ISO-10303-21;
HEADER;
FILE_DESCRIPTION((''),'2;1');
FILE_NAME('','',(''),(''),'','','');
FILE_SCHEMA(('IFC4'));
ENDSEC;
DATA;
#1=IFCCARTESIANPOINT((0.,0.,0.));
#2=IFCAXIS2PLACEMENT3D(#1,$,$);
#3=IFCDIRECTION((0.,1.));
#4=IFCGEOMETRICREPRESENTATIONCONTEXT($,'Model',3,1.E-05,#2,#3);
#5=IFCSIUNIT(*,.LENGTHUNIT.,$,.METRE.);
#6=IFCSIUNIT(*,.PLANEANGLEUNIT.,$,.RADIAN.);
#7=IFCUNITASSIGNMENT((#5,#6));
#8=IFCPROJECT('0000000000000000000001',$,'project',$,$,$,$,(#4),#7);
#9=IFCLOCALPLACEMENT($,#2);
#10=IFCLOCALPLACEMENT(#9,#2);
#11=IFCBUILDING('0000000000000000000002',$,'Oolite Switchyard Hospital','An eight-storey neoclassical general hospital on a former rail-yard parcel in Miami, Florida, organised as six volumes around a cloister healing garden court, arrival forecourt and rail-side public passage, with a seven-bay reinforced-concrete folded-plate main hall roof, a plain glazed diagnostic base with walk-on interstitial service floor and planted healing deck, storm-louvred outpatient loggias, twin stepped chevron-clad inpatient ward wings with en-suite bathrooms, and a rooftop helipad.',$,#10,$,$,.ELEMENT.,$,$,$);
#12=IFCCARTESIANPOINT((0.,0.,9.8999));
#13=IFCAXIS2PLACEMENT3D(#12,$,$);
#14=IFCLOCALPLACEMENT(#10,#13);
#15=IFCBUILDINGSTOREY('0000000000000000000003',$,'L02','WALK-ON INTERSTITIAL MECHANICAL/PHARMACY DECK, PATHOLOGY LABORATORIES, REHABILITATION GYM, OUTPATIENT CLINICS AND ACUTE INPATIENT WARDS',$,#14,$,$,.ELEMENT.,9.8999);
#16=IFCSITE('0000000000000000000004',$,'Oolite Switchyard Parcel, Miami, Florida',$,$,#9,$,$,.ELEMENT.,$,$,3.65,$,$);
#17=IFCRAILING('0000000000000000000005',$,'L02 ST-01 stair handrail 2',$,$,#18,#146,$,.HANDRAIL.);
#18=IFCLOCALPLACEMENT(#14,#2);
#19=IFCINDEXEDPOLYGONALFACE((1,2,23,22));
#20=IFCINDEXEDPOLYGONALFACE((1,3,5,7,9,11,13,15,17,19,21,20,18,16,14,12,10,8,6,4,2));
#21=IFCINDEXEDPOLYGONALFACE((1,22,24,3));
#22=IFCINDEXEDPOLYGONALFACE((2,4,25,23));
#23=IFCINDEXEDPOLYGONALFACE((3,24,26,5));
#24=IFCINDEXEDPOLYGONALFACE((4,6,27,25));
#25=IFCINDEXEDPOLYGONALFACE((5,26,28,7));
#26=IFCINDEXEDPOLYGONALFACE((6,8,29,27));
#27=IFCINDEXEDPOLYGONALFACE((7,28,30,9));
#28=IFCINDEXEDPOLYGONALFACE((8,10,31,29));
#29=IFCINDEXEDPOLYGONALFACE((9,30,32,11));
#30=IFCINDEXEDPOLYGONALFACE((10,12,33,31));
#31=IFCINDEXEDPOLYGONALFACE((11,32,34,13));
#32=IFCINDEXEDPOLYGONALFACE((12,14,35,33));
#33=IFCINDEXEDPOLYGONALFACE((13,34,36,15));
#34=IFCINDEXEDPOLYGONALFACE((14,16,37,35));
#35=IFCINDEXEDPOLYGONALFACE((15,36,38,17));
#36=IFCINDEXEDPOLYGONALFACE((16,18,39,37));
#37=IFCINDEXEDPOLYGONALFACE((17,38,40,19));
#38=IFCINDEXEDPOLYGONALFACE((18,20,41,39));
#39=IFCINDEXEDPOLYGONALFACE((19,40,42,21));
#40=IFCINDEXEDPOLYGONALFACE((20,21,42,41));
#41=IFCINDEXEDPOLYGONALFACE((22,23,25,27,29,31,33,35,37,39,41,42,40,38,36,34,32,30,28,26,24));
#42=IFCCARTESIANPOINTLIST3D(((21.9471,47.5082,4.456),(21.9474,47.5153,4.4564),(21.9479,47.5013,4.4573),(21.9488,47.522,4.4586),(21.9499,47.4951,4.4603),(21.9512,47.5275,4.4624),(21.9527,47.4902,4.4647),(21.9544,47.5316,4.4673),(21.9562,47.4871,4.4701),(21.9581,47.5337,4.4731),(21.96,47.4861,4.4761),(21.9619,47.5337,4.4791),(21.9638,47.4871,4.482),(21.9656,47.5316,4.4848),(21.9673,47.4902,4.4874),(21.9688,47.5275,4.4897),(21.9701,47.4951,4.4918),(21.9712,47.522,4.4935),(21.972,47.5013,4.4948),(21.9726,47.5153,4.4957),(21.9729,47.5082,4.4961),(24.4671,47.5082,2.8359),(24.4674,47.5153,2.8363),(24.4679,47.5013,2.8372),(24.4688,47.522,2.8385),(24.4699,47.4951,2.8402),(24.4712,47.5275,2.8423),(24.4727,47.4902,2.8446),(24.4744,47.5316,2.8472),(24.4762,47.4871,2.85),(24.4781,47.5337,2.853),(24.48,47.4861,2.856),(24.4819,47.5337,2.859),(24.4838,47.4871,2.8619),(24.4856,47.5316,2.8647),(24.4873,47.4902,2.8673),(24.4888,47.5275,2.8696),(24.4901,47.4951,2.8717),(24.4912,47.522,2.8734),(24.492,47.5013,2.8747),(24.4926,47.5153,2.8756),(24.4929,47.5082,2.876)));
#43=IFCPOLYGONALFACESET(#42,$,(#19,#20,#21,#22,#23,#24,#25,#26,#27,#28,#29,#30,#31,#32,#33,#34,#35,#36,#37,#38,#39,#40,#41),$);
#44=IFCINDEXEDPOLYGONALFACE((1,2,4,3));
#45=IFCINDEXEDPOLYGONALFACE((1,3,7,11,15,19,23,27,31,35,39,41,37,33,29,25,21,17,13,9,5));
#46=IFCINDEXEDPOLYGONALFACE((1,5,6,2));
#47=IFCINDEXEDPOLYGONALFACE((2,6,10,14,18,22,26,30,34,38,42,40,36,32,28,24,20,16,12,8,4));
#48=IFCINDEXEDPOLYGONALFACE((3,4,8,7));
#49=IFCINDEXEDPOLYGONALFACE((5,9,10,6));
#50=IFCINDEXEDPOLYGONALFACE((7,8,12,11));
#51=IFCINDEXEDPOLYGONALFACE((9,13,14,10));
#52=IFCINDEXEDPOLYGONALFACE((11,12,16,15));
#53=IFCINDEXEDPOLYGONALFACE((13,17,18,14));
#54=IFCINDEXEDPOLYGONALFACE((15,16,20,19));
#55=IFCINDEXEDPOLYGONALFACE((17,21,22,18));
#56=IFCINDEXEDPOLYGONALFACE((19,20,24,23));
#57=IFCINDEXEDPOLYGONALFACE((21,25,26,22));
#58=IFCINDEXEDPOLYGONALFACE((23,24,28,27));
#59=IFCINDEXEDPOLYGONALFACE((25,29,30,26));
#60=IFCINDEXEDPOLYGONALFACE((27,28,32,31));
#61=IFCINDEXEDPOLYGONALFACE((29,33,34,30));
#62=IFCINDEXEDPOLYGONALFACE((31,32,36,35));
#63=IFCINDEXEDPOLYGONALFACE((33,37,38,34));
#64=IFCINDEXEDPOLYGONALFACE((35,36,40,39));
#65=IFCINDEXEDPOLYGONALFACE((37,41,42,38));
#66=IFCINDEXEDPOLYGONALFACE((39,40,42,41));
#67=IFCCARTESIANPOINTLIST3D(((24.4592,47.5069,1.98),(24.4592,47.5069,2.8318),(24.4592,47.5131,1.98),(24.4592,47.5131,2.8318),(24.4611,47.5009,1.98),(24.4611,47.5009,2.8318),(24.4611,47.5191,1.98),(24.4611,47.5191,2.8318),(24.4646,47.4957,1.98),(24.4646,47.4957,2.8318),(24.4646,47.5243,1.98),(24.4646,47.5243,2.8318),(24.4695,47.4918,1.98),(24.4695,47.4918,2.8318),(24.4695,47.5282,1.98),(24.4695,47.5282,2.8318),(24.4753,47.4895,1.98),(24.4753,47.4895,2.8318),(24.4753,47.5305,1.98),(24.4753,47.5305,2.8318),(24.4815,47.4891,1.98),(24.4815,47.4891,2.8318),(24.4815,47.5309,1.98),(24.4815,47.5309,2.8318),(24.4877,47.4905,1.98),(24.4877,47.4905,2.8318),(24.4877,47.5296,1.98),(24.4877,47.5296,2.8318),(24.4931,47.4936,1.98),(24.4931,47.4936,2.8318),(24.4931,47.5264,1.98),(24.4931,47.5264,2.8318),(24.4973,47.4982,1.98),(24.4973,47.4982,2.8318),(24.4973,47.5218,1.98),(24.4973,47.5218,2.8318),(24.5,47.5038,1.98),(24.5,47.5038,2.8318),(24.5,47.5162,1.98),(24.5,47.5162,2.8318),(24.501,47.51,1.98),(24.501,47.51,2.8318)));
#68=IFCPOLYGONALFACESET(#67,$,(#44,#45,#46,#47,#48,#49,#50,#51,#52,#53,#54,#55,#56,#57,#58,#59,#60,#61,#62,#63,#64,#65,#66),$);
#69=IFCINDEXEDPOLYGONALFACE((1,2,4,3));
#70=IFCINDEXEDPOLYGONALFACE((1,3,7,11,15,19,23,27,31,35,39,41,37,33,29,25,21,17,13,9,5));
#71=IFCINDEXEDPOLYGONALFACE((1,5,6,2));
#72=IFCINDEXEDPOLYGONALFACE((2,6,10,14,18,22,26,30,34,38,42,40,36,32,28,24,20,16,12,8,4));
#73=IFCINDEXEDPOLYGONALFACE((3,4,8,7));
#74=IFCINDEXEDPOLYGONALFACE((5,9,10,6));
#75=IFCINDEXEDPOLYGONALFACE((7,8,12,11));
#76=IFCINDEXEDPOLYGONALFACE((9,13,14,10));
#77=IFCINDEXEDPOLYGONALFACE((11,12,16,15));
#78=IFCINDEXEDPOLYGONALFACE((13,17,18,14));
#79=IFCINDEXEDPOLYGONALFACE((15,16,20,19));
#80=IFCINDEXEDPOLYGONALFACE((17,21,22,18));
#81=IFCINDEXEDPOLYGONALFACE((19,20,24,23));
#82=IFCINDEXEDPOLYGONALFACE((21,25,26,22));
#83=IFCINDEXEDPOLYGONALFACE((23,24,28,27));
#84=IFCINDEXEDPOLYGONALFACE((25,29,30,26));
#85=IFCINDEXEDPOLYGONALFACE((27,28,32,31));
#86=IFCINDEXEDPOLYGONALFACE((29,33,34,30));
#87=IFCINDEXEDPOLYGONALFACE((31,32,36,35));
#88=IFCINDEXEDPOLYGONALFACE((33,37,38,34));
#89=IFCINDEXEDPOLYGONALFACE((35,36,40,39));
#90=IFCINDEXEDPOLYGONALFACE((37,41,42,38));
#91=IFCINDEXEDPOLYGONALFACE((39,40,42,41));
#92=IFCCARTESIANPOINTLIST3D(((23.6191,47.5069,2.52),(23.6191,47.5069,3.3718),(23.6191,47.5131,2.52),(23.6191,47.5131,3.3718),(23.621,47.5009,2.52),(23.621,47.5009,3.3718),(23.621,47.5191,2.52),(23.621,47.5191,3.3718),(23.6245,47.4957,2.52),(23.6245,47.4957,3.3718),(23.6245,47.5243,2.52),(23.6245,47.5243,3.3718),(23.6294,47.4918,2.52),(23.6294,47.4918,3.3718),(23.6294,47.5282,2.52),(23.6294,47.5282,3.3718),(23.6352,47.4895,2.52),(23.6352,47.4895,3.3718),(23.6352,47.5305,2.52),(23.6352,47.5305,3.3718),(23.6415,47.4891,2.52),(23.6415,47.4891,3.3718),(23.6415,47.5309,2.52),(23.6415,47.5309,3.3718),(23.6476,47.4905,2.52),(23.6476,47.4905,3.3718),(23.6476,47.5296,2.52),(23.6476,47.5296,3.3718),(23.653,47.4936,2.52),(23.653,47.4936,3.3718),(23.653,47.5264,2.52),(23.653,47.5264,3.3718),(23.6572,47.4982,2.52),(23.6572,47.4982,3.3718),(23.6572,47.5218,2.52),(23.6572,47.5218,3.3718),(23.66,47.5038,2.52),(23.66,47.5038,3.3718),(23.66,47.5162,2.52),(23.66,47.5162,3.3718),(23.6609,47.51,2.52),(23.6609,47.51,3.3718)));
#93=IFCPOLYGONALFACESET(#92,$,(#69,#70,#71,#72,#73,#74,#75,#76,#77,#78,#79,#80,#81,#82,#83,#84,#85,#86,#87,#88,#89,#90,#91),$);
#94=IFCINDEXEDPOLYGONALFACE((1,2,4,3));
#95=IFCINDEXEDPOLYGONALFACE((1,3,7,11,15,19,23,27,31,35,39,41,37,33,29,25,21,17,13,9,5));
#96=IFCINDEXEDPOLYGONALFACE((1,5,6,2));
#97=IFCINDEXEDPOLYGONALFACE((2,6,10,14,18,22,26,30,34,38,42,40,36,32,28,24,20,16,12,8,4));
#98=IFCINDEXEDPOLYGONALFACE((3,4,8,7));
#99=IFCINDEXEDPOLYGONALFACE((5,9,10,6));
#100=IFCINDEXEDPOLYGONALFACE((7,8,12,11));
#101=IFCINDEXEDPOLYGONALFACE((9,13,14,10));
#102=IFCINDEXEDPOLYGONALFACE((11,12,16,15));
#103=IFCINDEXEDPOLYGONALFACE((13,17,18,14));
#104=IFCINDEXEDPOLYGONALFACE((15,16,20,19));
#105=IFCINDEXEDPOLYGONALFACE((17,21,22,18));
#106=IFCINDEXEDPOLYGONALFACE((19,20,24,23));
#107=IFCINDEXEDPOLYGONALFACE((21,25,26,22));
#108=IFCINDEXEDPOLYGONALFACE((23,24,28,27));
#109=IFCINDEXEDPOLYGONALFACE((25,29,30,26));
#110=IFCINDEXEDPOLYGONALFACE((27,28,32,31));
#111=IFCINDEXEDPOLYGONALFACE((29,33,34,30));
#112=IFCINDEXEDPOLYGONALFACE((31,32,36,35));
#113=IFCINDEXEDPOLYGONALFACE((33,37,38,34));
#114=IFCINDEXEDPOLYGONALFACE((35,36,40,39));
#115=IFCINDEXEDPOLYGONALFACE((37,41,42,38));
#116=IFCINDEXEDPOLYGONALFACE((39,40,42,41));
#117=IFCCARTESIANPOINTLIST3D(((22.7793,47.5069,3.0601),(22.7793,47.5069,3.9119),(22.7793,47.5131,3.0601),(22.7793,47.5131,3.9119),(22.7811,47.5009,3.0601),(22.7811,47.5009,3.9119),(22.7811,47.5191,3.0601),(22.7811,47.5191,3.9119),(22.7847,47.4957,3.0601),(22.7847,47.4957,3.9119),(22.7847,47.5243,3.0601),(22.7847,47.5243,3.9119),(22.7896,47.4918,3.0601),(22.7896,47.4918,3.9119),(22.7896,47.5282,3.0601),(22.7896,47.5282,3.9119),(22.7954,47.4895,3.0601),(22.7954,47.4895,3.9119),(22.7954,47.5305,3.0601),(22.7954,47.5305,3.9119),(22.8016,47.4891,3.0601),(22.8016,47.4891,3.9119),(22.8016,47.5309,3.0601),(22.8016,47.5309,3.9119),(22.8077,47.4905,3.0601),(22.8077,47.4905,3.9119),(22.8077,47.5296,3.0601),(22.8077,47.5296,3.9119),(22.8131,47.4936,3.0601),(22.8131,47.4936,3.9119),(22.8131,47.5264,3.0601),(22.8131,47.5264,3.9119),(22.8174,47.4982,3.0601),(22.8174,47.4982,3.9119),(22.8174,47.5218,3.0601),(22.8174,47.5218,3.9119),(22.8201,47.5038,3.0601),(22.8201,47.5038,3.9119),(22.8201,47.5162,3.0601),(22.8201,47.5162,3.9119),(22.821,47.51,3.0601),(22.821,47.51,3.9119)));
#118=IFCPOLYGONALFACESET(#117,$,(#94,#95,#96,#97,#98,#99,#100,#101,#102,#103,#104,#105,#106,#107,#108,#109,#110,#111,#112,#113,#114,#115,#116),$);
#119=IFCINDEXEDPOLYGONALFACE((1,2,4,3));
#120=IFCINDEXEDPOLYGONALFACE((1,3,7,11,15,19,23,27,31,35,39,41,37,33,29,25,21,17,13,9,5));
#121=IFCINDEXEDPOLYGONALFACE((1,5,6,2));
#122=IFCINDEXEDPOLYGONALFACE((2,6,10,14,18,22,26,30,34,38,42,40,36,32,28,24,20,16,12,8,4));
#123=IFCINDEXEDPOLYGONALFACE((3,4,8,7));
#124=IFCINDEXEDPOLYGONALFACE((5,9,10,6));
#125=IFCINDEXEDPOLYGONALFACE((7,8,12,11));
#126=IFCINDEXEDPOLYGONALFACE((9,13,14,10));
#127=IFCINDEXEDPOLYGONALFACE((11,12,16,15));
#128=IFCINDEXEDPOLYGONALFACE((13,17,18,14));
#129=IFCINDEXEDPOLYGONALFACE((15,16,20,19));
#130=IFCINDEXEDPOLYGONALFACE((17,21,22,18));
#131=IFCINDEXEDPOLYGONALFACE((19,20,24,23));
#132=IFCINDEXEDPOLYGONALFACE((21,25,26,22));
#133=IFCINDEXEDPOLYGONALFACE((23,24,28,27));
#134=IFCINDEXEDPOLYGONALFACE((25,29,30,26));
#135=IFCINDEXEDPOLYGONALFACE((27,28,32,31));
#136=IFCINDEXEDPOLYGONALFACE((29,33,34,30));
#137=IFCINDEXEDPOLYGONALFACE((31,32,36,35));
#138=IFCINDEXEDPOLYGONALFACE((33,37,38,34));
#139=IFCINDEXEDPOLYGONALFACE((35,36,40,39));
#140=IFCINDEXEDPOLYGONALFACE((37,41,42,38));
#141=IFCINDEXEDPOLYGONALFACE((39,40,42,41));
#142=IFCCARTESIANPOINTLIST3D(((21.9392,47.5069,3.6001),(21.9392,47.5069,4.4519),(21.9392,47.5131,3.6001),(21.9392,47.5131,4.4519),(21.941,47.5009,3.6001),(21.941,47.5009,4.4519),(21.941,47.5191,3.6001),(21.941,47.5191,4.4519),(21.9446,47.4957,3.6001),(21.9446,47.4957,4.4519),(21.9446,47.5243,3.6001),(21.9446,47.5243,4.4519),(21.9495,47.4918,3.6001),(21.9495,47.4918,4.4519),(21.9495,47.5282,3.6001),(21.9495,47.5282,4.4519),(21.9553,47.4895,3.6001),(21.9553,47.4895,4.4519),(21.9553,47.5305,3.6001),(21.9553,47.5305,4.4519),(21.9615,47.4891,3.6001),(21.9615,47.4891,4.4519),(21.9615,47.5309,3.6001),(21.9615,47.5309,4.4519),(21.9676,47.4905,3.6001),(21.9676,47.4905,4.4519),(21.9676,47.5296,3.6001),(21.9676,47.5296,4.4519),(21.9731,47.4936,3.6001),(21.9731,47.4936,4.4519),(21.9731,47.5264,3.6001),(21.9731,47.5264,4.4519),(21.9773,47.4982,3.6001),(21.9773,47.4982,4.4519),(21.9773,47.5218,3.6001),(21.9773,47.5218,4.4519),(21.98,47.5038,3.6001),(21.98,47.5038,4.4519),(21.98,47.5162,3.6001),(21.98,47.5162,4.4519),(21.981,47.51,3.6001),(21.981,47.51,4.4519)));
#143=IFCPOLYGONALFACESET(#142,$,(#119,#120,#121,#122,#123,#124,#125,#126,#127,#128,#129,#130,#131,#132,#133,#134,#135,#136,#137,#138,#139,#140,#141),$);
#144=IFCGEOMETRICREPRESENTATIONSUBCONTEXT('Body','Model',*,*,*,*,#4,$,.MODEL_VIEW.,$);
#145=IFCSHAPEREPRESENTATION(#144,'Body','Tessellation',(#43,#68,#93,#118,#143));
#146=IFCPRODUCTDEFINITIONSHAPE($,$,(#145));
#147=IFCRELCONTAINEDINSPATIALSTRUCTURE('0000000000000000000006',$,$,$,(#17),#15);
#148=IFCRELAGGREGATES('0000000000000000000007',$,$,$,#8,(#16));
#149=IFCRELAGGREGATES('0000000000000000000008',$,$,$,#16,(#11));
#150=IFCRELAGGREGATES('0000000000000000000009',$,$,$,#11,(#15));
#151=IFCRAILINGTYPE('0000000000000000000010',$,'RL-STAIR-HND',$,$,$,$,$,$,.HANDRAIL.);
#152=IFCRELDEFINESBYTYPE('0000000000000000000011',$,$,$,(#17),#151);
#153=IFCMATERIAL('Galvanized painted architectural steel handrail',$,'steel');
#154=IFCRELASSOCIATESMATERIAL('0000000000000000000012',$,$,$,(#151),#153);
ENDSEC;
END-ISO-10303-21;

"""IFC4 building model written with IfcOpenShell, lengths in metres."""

from ifc_helpers import new_model, si_unit, direction, frame, origin, origin_2d, place, context, subcontext, project, spatial, circle, extrude, material, type_object, element, save


model = new_model("IFC4")

# Units and contexts
model_context = context("Model", 3, precision=1e-05, world=origin(), true_north=direction((0.0, 1.0)))
body_context = subcontext(model_context, "Body", "Model", "MODEL_VIEW")
ifc_project = project(units=[si_unit("LENGTHUNIT", "METRE"), si_unit("PLANEANGLEUNIT", "RADIAN")], contexts=[model_context])

# Site, building, storey
site_placement = place(None, origin())
site = spatial("IfcSite", under=ifc_project, at=site_placement, Name="Oolite Switchyard Parcel, Miami, Florida", CompositionType="ELEMENT", RefElevation=3.65)
building_placement = place(site_placement, origin())
building = spatial("IfcBuilding", under=site, at=building_placement, Name="Oolite Switchyard Hospital", Description="An eight-storey neoclassical general hospital on a former rail-yard parcel in Miami, Florida, organised as six volumes around a cloister healing garden court, arrival forecourt and rail-side public passage, with a seven-bay reinforced-concrete folded-plate main hall roof, a plain glazed diagnostic base with walk-on interstitial service floor and planted healing deck, storm-louvred outpatient loggias, twin stepped chevron-clad inpatient ward wings with en-suite bathrooms, and a rooftop helipad.", CompositionType="ELEMENT")
storey_placement = place(building_placement, frame((0.0, 0.0, 9.8999)))
storey = spatial("IfcBuildingStorey", under=building, at=storey_placement, Name="L02", Description="WALK-ON INTERSTITIAL MECHANICAL/PHARMACY DECK, PATHOLOGY LABORATORIES, REHABILITATION GYM, OUTPATIENT CLINICS AND ACUTE INPATIENT WARDS", CompositionType="ELEMENT", Elevation=9.8999)

# Railing
ifc_material_1 = material(Name="Galvanized painted architectural steel handrail", Category="steel")
railing_type_1 = type_object("IfcRailingType", Name="RL-STAIR-HND", PredefinedType="HANDRAIL", material=ifc_material_1)
railing_1_placement = place(storey_placement, frame((24.48, 47.51, 1.98)))
element("IfcRailing", 1, at=railing_1_placement, inside=storey, type_object=railing_type_1, Name="L02 ST-01 stair handrail 2", PredefinedType="HANDRAIL", context=body_context, shape_type="SweptSolid", body=[
    extrude(circle(Radius=0.0239, at=origin_2d()), frame((0.0, 0.0, 0.876), z_axis=(-0.841163, 0.0, 0.540782), x_axis=(0.0, -1.0, 0.0)), (0.0, 0.0, 1.0), 2.9958),
    extrude(circle(Radius=0.021, at=origin_2d()), origin(), (0.0, 0.0, 1.0), 0.8518),
    extrude(circle(Radius=0.021, at=origin_2d()), frame((-0.8401, 0.0, 0.54)), (0.0, 0.0, 1.0), 0.8518),
    extrude(circle(Radius=0.021, at=origin_2d()), frame((-1.6799, 0.0, 1.0801)), (0.0, 0.0, 1.0), 0.8518),
    extrude(circle(Radius=0.021, at=origin_2d()), frame((-2.52, 0.0, 1.6201)), (0.0, 0.0, 1.0), 0.8518),
])

save(model, "model.ifc")
